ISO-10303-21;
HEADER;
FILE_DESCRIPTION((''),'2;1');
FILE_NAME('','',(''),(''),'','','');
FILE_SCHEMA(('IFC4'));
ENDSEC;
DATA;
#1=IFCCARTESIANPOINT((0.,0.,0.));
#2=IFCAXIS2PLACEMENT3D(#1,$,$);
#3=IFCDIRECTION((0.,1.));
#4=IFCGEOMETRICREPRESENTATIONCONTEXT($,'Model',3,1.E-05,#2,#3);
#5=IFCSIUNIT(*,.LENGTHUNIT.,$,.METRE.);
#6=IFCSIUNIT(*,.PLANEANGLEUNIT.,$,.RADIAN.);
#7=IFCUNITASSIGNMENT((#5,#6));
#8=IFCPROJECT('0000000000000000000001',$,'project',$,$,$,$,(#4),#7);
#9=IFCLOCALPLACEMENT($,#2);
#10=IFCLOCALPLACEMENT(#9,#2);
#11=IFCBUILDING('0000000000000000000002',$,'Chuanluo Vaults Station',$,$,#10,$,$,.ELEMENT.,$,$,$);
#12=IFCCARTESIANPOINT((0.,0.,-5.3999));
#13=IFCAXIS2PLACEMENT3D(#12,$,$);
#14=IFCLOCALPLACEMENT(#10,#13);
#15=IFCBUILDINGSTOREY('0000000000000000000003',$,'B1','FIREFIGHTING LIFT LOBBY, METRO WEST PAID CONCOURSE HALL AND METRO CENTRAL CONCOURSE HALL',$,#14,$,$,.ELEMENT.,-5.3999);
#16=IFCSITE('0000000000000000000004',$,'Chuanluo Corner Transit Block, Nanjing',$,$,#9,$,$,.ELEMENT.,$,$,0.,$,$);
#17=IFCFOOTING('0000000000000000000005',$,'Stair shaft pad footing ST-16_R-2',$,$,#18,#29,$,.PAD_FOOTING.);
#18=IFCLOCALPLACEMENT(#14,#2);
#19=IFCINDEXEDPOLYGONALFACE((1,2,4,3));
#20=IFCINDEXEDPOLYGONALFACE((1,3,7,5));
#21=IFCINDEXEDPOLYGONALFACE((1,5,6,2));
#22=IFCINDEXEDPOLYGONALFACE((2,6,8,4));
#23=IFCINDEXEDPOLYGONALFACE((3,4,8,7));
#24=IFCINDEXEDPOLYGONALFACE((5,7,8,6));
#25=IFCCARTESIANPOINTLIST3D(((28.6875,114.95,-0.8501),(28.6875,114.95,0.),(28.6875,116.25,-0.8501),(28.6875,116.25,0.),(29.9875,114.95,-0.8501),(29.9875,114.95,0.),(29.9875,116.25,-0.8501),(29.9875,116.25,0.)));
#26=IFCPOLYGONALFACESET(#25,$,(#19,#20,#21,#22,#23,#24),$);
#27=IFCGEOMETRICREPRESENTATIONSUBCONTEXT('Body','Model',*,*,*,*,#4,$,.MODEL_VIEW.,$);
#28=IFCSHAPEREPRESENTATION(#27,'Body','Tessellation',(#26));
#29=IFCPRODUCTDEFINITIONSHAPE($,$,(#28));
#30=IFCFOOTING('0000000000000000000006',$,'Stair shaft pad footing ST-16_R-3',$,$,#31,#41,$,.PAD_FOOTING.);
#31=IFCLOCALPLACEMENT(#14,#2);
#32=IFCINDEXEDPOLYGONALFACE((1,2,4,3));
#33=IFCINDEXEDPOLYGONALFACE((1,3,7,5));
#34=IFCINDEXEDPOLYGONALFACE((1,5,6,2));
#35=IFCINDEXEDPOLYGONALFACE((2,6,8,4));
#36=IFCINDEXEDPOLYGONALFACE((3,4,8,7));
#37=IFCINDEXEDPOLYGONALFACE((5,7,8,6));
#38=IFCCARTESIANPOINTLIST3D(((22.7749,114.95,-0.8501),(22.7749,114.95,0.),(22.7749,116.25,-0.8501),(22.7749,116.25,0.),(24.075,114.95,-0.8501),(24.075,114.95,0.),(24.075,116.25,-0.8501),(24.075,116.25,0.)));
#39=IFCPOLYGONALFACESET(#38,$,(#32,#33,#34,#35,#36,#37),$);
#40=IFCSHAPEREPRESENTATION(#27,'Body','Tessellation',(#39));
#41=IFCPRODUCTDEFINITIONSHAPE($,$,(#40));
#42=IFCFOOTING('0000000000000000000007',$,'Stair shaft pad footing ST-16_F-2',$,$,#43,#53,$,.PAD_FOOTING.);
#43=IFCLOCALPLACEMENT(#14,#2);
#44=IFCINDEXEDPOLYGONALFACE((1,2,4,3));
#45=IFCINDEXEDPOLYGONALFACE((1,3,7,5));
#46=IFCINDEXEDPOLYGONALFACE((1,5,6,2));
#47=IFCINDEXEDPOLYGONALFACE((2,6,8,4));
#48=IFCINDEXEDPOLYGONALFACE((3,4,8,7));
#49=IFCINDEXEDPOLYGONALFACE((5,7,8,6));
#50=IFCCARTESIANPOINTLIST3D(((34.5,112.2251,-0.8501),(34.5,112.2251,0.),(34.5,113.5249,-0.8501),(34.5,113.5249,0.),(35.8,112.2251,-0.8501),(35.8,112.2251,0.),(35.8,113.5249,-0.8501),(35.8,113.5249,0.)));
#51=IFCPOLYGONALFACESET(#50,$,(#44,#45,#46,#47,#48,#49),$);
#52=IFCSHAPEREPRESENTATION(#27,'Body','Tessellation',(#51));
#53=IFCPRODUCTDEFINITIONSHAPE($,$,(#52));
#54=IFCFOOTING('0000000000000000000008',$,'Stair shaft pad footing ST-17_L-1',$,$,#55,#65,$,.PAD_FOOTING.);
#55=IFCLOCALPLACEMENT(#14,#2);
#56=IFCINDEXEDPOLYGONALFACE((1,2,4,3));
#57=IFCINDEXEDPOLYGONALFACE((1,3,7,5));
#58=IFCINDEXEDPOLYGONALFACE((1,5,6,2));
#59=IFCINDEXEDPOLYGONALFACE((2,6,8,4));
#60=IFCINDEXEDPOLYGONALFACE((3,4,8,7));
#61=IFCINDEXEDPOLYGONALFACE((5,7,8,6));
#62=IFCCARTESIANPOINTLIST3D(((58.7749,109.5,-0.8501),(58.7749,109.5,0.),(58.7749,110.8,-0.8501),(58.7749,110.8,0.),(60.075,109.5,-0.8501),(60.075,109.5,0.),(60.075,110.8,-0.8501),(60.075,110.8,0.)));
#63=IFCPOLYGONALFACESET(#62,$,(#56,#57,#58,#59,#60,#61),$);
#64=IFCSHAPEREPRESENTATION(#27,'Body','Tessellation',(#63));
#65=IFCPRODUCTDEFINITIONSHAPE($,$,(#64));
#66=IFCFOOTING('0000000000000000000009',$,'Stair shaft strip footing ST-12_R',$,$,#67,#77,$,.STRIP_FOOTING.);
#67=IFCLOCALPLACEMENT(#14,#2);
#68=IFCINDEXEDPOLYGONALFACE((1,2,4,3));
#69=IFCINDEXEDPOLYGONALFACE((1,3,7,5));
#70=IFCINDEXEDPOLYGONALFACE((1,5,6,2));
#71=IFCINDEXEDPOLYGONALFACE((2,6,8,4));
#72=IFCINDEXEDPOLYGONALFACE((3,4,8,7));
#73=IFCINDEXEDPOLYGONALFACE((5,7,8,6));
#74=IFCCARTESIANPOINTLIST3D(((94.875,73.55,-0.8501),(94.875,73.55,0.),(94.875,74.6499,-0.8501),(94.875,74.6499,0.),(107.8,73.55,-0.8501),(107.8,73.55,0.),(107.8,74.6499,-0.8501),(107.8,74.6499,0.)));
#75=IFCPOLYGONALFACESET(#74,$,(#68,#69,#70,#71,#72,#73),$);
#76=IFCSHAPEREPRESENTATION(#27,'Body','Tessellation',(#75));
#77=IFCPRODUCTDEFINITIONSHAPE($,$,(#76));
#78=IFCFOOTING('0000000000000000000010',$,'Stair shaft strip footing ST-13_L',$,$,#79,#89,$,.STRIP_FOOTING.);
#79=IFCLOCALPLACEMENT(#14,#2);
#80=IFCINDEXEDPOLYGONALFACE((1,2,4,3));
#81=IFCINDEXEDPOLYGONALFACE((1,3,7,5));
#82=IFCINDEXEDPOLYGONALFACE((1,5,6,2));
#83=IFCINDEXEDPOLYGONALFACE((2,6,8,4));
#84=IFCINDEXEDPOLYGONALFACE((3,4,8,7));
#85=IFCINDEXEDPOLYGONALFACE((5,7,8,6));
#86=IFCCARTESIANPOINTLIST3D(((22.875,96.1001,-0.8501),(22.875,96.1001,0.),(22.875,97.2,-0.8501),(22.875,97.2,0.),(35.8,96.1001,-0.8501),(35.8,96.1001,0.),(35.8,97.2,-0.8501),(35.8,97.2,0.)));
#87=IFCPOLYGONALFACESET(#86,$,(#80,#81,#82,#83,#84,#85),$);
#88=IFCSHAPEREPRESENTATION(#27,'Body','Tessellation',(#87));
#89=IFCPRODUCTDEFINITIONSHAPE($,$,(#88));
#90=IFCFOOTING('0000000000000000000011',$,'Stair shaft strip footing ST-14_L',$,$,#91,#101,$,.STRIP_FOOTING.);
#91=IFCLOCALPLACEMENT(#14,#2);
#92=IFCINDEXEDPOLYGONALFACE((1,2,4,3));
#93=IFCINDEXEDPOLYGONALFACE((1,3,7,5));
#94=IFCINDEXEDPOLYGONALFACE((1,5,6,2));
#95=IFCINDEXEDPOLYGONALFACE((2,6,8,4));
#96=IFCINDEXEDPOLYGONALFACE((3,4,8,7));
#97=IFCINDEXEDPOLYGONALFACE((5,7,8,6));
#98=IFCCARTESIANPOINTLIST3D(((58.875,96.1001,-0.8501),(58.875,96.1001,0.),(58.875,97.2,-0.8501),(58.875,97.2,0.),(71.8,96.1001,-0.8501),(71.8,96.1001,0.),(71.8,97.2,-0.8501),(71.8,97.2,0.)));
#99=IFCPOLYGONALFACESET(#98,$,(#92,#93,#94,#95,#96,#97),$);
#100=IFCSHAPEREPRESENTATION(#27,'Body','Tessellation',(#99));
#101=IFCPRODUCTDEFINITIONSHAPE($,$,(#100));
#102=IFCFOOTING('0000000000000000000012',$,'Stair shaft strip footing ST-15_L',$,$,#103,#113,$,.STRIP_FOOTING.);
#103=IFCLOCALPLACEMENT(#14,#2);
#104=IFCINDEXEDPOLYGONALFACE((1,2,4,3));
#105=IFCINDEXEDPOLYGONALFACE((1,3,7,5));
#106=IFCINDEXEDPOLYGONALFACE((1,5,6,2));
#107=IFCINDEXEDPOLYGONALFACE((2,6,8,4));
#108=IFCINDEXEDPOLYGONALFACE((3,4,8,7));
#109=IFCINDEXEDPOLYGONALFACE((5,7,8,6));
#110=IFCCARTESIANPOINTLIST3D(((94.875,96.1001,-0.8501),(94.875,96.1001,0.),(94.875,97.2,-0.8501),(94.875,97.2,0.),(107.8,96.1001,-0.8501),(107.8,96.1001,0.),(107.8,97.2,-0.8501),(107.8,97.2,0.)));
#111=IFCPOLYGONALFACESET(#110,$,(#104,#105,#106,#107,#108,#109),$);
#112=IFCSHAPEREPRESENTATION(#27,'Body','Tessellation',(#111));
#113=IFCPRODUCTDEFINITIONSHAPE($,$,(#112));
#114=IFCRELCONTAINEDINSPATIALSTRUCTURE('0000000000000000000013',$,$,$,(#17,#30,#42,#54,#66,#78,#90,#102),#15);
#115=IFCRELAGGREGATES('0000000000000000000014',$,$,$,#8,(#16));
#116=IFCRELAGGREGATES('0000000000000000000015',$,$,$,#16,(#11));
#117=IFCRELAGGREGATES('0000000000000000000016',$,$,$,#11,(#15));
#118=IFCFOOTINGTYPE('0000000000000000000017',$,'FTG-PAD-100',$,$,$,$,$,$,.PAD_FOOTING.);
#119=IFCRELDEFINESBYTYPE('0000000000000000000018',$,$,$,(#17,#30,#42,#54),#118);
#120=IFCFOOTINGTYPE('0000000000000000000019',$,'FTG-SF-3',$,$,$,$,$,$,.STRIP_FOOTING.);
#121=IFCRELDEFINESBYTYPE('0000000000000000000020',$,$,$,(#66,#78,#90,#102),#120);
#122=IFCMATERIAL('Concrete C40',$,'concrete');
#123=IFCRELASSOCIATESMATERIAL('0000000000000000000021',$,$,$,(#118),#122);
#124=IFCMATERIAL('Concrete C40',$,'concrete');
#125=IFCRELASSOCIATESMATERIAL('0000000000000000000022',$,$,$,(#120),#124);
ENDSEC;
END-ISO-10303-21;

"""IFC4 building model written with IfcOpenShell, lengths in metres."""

from ifc_helpers import new_model, si_unit, direction, frame, origin, place, context, subcontext, project, spatial, polyline, outline, extrude, material, type_object, element, save


model = new_model("IFC4")

# Units and contexts
model_context = context("Model", 3, precision=1e-05, world=origin(), true_north=direction((0.0, 1.0)))
body_context = subcontext(model_context, "Body", "Model", "MODEL_VIEW")
ifc_project = project(units=[si_unit("LENGTHUNIT", "METRE"), si_unit("PLANEANGLEUNIT", "RADIAN")], contexts=[model_context])

# Site, building, storey
site_placement = place(None, origin())
site = spatial("IfcSite", under=ifc_project, at=site_placement, Name="Chuanluo Corner Transit Block, Nanjing", CompositionType="ELEMENT", RefElevation=0.0)
building_placement = place(site_placement, origin())
building = spatial("IfcBuilding", under=site, at=building_placement, Name="Chuanluo Vaults Station", CompositionType="ELEMENT")
storey_placement = place(building_placement, frame((0.0, 0.0, -5.3999)))
storey = spatial("IfcBuildingStorey", under=building, at=storey_placement, Name="B1", Description="FIREFIGHTING LIFT LOBBY, METRO WEST PAID CONCOURSE HALL AND METRO CENTRAL CONCOURSE HALL", CompositionType="ELEMENT", Elevation=-5.3999)

# Footings
ifc_material_1 = material(Name="Concrete C40", Category="concrete")
footing_type_1 = type_object("IfcFootingType", Name="FTG-PAD-100", PredefinedType="PAD_FOOTING", material=ifc_material_1)
footing_1_placement = place(storey_placement, frame((0.0, 0.0, -0.8501)))
element("IfcFooting", 1, at=footing_1_placement, inside=storey, type_object=footing_type_1, Name="Stair shaft pad footing ST-16_R-2", PredefinedType="PAD_FOOTING", context=body_context, shape_type="SweptSolid", body=[
    extrude(outline(polyline([(28.6875, 114.95), (29.9875, 114.95), (29.9875, 116.25), (28.6875, 116.25), (28.6875, 114.95)])), origin(), (0.0, 0.0, 1.0), 0.8501),
])
footing_2_placement = place(storey_placement, frame((0.0, 0.0, -0.8501)))
element("IfcFooting", 2, at=footing_2_placement, inside=storey, type_object=footing_type_1, Name="Stair shaft pad footing ST-16_R-3", PredefinedType="PAD_FOOTING", context=body_context, shape_type="SweptSolid", body=[
    extrude(outline(polyline([(22.7749, 114.95), (24.075, 114.95), (24.075, 116.25), (22.7749, 116.25), (22.7749, 114.95)])), origin(), (0.0, 0.0, 1.0), 0.8501),
])
footing_3_placement = place(storey_placement, frame((0.0, 0.0, -0.8501)))
element("IfcFooting", 3, at=footing_3_placement, inside=storey, type_object=footing_type_1, Name="Stair shaft pad footing ST-16_F-2", PredefinedType="PAD_FOOTING", context=body_context, shape_type="SweptSolid", body=[
    extrude(outline(polyline([(34.5, 112.2251), (35.8, 112.2251), (35.8, 113.5249), (34.5, 113.5249), (34.5, 112.2251)])), origin(), (0.0, 0.0, 1.0), 0.8501),
])
footing_4_placement = place(storey_placement, frame((0.0, 0.0, -0.8501)))
element("IfcFooting", 4, at=footing_4_placement, inside=storey, type_object=footing_type_1, Name="Stair shaft pad footing ST-17_L-1", PredefinedType="PAD_FOOTING", context=body_context, shape_type="SweptSolid", body=[
    extrude(outline(polyline([(58.7749, 109.5), (60.075, 109.5), (60.075, 110.8), (58.7749, 110.8), (58.7749, 109.5)])), origin(), (0.0, 0.0, 1.0), 0.8501),
])
ifc_material_2 = material(Name="Concrete C40", Category="concrete")
footing_type_2 = type_object("IfcFootingType", Name="FTG-SF-3", PredefinedType="STRIP_FOOTING", material=ifc_material_2)
footing_5_placement = place(storey_placement, frame((0.0, 0.0, -0.8501)))
element("IfcFooting", 5, at=footing_5_placement, inside=storey, type_object=footing_type_2, Name="Stair shaft strip footing ST-12_R", PredefinedType="STRIP_FOOTING", context=body_context, shape_type="SweptSolid", body=[
    extrude(outline(polyline([(94.875, 73.55), (107.8, 73.55), (107.8, 74.6499), (94.875, 74.6499), (94.875, 73.55)])), origin(), (0.0, 0.0, 1.0), 0.8501),
])
footing_6_placement = place(storey_placement, frame((0.0, 0.0, -0.8501)))
element("IfcFooting", 6, at=footing_6_placement, inside=storey, type_object=footing_type_2, Name="Stair shaft strip footing ST-13_L", PredefinedType="STRIP_FOOTING", context=body_context, shape_type="SweptSolid", body=[
    extrude(outline(polyline([(22.875, 96.1001), (35.8, 96.1001), (35.8, 97.2), (22.875, 97.2), (22.875, 96.1001)])), origin(), (0.0, 0.0, 1.0), 0.8501),
])
footing_7_placement = place(storey_placement, frame((0.0, 0.0, -0.8501)))
element("IfcFooting", 7, at=footing_7_placement, inside=storey, type_object=footing_type_2, Name="Stair shaft strip footing ST-14_L", PredefinedType="STRIP_FOOTING", context=body_context, shape_type="SweptSolid", body=[
    extrude(outline(polyline([(58.875, 96.1001), (71.8, 96.1001), (71.8, 97.2), (58.875, 97.2), (58.875, 96.1001)])), origin(), (0.0, 0.0, 1.0), 0.8501),
])
footing_8_placement = place(storey_placement, frame((0.0, 0.0, -0.8501)))
element("IfcFooting", 8, at=footing_8_placement, inside=storey, type_object=footing_type_2, Name="Stair shaft strip footing ST-15_L", PredefinedType="STRIP_FOOTING", context=body_context, shape_type="SweptSolid", body=[
    extrude(outline(polyline([(94.875, 96.1001), (107.8, 96.1001), (107.8, 97.2), (94.875, 97.2), (94.875, 96.1001)])), origin(), (0.0, 0.0, 1.0), 0.8501),
])

save(model, "model.ifc")
